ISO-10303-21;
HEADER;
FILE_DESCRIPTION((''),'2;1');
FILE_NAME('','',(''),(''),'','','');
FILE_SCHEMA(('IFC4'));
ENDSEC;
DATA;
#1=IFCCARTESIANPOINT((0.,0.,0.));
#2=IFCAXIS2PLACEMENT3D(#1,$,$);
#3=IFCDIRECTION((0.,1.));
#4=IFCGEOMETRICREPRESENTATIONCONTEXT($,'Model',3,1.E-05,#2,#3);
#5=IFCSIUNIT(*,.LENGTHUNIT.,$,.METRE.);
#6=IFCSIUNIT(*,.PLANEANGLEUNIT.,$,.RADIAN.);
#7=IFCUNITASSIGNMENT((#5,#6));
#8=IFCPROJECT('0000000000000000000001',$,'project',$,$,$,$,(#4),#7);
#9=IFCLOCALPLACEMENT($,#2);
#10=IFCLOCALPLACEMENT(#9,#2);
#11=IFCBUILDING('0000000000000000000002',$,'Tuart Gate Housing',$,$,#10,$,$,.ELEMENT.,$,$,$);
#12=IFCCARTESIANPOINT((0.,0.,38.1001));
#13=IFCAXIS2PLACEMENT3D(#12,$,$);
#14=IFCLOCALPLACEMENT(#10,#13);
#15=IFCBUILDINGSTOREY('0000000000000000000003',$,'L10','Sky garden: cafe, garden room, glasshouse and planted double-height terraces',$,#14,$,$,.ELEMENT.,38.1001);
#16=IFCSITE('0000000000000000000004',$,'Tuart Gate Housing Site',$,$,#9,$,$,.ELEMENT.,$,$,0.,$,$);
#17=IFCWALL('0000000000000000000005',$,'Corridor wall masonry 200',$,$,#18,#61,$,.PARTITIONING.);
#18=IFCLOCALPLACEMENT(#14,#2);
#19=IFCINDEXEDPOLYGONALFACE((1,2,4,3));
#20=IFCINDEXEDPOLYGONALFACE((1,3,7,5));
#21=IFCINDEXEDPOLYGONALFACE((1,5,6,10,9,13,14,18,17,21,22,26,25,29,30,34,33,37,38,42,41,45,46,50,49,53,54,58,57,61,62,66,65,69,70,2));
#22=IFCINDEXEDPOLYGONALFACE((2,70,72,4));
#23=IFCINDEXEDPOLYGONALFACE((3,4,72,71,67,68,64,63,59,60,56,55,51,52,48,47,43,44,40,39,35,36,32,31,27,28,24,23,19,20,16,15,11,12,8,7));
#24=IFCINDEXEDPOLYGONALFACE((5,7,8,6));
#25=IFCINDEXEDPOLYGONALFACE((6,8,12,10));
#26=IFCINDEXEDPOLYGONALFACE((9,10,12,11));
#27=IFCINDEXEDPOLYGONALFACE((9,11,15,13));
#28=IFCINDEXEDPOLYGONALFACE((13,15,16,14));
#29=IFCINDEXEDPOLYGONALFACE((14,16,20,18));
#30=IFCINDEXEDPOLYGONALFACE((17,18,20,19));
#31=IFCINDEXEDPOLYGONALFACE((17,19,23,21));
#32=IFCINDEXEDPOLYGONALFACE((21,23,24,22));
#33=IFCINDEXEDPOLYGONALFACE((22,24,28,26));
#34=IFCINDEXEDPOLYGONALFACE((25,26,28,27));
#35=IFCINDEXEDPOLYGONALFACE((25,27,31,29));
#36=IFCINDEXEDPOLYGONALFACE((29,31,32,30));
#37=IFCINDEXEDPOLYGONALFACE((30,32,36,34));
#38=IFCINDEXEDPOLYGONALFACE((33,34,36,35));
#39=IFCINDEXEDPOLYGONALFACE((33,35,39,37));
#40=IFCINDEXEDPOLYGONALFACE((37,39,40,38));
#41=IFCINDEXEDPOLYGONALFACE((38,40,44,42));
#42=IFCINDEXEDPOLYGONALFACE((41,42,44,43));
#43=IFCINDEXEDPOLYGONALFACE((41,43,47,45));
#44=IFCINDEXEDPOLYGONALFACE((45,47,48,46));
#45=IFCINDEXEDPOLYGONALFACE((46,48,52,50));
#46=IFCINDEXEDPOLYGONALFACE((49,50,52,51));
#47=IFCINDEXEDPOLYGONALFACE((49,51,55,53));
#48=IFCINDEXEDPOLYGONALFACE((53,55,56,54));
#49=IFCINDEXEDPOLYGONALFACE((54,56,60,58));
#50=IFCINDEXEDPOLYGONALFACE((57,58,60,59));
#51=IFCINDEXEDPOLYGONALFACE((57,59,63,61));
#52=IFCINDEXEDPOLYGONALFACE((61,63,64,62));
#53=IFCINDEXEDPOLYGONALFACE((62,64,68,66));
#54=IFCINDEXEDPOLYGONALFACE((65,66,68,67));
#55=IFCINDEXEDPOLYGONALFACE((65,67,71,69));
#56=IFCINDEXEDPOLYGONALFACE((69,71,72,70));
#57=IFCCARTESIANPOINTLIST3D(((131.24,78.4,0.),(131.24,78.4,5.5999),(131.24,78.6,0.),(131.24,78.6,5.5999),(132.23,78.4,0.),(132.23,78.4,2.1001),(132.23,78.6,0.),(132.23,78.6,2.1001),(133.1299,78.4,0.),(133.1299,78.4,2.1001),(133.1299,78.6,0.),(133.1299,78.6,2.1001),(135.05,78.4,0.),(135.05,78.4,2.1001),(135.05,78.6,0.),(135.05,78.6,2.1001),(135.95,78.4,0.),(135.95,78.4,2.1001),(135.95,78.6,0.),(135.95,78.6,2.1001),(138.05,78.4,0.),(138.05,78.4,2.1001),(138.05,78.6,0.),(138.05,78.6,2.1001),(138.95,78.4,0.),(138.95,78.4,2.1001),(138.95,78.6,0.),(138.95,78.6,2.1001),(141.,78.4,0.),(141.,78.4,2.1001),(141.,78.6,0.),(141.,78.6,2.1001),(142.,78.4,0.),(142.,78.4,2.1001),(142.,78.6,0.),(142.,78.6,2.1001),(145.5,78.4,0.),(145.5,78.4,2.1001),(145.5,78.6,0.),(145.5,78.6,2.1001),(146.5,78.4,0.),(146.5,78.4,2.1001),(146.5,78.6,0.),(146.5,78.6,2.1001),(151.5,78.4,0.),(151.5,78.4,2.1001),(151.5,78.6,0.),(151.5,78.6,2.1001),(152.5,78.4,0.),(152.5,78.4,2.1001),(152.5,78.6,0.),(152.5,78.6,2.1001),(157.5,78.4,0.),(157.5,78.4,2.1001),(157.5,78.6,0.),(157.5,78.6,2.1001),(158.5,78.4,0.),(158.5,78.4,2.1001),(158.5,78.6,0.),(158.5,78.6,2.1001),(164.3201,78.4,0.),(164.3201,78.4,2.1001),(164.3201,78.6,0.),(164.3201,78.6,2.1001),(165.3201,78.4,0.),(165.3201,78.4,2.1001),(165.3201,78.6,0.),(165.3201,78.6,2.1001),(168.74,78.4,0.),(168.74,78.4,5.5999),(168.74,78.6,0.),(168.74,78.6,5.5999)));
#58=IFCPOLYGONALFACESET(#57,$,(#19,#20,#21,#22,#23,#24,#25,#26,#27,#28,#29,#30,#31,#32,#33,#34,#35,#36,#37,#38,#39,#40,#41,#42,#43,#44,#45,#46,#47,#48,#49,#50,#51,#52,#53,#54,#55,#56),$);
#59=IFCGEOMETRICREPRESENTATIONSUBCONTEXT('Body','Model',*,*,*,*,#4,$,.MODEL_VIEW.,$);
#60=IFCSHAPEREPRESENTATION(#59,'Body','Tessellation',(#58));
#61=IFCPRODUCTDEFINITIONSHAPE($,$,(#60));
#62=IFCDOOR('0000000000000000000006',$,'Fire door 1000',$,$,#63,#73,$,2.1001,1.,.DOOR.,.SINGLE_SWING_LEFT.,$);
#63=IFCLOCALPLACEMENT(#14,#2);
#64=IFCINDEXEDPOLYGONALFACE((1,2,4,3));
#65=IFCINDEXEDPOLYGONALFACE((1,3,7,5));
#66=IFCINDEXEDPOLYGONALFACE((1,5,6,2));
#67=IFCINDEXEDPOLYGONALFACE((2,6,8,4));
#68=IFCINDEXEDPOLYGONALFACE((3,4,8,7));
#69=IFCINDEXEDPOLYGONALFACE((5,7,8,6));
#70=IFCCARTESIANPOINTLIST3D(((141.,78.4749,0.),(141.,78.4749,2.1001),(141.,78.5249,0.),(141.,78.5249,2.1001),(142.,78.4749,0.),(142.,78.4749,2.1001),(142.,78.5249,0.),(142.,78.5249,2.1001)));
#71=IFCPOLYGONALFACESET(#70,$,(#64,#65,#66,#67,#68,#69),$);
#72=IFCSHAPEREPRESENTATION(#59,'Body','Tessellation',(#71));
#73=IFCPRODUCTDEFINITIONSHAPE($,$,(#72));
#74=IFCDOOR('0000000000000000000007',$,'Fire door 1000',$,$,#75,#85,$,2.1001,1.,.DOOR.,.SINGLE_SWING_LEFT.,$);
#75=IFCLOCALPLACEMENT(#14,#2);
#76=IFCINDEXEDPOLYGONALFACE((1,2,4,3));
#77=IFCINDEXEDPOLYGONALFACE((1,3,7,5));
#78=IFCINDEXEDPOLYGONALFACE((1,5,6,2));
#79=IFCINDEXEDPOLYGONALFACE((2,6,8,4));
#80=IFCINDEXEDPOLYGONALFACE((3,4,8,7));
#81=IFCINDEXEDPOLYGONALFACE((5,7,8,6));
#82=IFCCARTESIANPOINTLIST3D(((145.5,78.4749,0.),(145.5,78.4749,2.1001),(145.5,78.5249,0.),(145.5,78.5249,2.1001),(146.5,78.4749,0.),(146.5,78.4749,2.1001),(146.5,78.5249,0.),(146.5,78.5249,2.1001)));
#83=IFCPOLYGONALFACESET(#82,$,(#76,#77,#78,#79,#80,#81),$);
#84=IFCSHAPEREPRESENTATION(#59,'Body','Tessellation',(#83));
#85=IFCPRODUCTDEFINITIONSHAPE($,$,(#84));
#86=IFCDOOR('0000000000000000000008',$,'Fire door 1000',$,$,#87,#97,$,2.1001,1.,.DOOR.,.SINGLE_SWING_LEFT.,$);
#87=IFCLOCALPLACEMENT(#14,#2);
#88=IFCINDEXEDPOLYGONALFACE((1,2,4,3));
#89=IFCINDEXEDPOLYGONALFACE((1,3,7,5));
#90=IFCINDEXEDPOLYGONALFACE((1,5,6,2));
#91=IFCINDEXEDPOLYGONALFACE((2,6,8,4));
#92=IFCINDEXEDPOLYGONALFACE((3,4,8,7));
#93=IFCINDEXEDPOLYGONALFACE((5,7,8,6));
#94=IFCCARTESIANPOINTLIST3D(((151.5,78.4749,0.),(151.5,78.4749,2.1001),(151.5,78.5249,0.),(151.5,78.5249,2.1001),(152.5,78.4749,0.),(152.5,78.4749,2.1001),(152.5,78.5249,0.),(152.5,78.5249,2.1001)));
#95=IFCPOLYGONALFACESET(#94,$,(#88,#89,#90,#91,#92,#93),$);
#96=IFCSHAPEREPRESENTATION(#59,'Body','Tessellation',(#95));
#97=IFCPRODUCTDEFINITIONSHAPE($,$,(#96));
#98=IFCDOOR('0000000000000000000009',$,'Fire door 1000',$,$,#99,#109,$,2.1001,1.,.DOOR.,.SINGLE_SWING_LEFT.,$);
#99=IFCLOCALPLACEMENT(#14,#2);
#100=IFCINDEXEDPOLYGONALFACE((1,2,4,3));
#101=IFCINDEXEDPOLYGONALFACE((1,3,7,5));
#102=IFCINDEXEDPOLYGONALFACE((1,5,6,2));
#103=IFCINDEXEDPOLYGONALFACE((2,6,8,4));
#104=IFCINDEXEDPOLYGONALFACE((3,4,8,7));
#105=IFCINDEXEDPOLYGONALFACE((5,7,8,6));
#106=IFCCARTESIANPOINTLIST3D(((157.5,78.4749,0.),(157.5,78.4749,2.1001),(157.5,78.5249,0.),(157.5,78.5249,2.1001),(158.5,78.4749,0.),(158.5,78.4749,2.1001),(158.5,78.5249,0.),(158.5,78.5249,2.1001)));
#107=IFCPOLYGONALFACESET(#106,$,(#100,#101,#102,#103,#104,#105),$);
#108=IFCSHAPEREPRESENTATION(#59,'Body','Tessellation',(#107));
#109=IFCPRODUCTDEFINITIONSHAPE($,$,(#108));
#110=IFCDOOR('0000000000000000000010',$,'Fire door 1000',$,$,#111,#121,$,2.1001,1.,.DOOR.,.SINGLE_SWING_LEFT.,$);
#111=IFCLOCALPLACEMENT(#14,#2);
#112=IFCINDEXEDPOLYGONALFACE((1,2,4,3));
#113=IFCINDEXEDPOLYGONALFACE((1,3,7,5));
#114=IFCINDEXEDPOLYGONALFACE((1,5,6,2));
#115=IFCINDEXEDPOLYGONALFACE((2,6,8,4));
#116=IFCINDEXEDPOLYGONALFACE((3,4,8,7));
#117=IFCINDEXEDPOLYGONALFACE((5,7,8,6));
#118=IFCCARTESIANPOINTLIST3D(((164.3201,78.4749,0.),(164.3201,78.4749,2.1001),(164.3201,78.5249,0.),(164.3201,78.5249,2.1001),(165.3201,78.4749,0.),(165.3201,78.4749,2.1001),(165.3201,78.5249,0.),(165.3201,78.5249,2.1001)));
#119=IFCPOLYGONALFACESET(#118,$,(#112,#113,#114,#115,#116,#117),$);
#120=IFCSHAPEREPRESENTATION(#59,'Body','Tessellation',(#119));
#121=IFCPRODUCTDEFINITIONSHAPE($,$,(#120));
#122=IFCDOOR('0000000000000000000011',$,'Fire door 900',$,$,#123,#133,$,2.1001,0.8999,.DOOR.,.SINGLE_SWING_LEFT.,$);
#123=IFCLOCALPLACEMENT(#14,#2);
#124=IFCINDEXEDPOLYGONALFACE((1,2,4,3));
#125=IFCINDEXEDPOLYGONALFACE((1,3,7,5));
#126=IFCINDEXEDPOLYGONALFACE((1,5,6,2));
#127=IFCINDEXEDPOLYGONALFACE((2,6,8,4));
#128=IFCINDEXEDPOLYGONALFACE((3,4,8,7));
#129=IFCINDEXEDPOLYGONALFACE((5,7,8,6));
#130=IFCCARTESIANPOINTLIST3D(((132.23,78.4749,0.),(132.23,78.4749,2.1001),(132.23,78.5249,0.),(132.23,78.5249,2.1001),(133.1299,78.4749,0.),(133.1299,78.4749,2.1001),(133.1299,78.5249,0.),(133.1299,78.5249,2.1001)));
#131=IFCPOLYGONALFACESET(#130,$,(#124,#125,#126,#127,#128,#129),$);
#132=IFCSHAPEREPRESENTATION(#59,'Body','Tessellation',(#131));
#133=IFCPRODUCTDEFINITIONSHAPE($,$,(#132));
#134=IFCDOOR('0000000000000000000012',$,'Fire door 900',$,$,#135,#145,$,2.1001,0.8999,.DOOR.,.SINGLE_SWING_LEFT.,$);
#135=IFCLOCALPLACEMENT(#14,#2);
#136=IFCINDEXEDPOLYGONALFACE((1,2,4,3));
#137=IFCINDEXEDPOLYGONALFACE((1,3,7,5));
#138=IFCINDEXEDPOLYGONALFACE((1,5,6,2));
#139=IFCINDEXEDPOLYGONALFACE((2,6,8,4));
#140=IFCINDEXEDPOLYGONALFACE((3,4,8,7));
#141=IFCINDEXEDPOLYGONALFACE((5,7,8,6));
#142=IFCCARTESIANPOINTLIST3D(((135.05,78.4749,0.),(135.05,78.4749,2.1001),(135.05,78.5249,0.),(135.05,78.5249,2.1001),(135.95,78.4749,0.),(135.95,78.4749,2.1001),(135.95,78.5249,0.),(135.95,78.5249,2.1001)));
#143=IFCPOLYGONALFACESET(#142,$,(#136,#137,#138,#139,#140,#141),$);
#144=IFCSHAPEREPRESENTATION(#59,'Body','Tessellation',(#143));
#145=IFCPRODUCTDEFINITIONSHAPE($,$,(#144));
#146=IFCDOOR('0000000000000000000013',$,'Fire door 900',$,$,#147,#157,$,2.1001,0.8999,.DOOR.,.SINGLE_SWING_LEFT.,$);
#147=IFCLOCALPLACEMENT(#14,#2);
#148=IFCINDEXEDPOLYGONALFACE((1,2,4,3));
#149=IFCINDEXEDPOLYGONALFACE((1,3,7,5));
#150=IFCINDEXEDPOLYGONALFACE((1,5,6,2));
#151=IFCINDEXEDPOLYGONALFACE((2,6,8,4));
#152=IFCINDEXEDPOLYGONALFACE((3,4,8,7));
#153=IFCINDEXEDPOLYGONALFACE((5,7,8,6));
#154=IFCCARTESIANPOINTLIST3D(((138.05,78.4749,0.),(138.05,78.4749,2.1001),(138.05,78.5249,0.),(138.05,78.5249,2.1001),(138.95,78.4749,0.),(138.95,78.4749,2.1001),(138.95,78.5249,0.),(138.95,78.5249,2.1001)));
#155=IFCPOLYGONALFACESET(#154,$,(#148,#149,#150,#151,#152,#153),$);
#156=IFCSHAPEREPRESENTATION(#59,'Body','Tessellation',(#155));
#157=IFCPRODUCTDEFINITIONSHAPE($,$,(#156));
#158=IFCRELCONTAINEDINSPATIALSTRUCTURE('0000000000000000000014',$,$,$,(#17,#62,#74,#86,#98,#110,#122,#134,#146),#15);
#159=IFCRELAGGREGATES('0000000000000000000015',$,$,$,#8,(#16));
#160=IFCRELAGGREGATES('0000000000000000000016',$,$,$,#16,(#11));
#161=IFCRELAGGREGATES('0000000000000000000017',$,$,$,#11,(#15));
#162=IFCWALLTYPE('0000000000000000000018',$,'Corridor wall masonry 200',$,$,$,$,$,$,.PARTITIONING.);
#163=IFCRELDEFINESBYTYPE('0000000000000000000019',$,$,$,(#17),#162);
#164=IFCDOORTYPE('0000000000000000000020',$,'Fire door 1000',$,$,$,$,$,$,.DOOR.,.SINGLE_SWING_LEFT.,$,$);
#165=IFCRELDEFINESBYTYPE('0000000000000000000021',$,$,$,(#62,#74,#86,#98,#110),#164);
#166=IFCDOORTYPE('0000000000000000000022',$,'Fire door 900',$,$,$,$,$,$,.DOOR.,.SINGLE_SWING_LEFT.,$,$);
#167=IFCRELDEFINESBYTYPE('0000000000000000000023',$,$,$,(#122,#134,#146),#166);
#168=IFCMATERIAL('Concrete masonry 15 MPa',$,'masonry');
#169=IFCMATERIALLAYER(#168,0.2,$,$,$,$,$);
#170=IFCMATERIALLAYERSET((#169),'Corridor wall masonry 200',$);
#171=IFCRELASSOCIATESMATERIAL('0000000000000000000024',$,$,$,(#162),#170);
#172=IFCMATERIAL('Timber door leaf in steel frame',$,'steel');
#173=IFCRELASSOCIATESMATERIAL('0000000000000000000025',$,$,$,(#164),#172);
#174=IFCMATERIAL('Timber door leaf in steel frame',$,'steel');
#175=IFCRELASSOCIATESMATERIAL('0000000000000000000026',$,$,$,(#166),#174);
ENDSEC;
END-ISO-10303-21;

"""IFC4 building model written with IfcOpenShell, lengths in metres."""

from ifc_helpers import new_model, si_unit, direction, frame, frame_2d, origin, place, context, subcontext, project, spatial, rectangle, extrude, material, layer, layer_set, type_object, element, fill, save


model = new_model("IFC4")

# Units and contexts
model_context = context("Model", 3, precision=1e-05, world=origin(), true_north=direction((0.0, 1.0)))
body_context = subcontext(model_context, "Body", "Model", "MODEL_VIEW")
ifc_project = project(units=[si_unit("LENGTHUNIT", "METRE"), si_unit("PLANEANGLEUNIT", "RADIAN")], contexts=[model_context])

# Site, building, storey
site_placement = place(None, origin())
site = spatial("IfcSite", under=ifc_project, at=site_placement, Name="Tuart Gate Housing Site", CompositionType="ELEMENT", RefElevation=0.0)
building_placement = place(site_placement, origin())
building = spatial("IfcBuilding", under=site, at=building_placement, Name="Tuart Gate Housing", CompositionType="ELEMENT")
storey_placement = place(building_placement, frame((0.0, 0.0, 38.1001)))
storey = spatial("IfcBuildingStorey", under=building, at=storey_placement, Name="L10", Description="Sky garden: cafe, garden room, glasshouse and planted double-height terraces", CompositionType="ELEMENT", Elevation=38.1001)

# Wall, openings, doors
ifc_material_1 = material(Name="Concrete masonry 15 MPa", Category="masonry")
ifc_layer_1 = layer(ifc_material_1, 0.2)
ifc_layer_set_1 = layer_set([ifc_layer_1], Name="Corridor wall masonry 200")
wall_type_1 = type_object("IfcWallType", Name="Corridor wall masonry 200", PredefinedType="PARTITIONING", material=ifc_layer_set_1)
wall_1_placement = place(storey_placement, frame((131.24, 78.5, 0.0), z_axis=(0.0, 0.0, 1.0), x_axis=(1.0, 0.0, 0.0)))
wall_1 = element("IfcWall", 1, at=wall_1_placement, inside=storey, type_object=wall_type_1, Name="Corridor wall masonry 200", PredefinedType="PARTITIONING", context=body_context, shape_type="SweptSolid", body=[
    extrude(rectangle(XDim=37.5, YDim=0.2, at=frame_2d((18.75, 0.0))), origin(), (0.0, 0.0, 1.0), 5.5999),
])
opening_1_placement = place(wall_1_placement, frame((0.99, 0.0, 0.0)))
opening_1 = element("IfcOpeningElement", 2, at=opening_1_placement, cuts=wall_1, PredefinedType="OPENING", context=body_context, shape_type="SweptSolid", body=[
    extrude(rectangle(XDim=0.8999, YDim=2.1001, at=frame_2d((0.45, 1.05))), frame((0.0, 0.1099, 0.0), z_axis=(0.0, -1.0, 0.0), x_axis=(1.0, 0.0, 0.0)), (0.0, 0.0, 1.0), 0.22),
])
opening_2_placement = place(wall_1_placement, frame((3.8101, 0.0, 0.0)))
opening_2 = element("IfcOpeningElement", 3, at=opening_2_placement, cuts=wall_1, PredefinedType="OPENING", context=body_context, shape_type="SweptSolid", body=[
    extrude(rectangle(XDim=0.8999, YDim=2.1001, at=frame_2d((0.45, 1.05))), frame((0.0, 0.1099, 0.0), z_axis=(0.0, -1.0, 0.0), x_axis=(1.0, 0.0, 0.0)), (0.0, 0.0, 1.0), 0.22),
])
opening_3_placement = place(wall_1_placement, frame((6.8101, 0.0, 0.0)))
opening_3 = element("IfcOpeningElement", 4, at=opening_3_placement, cuts=wall_1, PredefinedType="OPENING", context=body_context, shape_type="SweptSolid", body=[
    extrude(rectangle(XDim=0.8999, YDim=2.1001, at=frame_2d((0.45, 1.05))), frame((0.0, 0.1099, 0.0), z_axis=(0.0, -1.0, 0.0), x_axis=(1.0, 0.0, 0.0)), (0.0, 0.0, 1.0), 0.22),
])
opening_4_placement = place(wall_1_placement, frame((9.76, 0.0, 0.0)))
opening_4 = element("IfcOpeningElement", 5, at=opening_4_placement, cuts=wall_1, PredefinedType="OPENING", context=body_context, shape_type="SweptSolid", body=[
    extrude(rectangle(XDim=1.0, YDim=2.1001, at=frame_2d((0.5, 1.05))), frame((0.0, 0.1099, 0.0), z_axis=(0.0, -1.0, 0.0), x_axis=(1.0, 0.0, 0.0)), (0.0, 0.0, 1.0), 0.22),
])
opening_5_placement = place(wall_1_placement, frame((14.26, 0.0, 0.0)))
opening_5 = element("IfcOpeningElement", 6, at=opening_5_placement, cuts=wall_1, PredefinedType="OPENING", context=body_context, shape_type="SweptSolid", body=[
    extrude(rectangle(XDim=1.0, YDim=2.1001, at=frame_2d((0.5, 1.05))), frame((0.0, 0.1099, 0.0), z_axis=(0.0, -1.0, 0.0), x_axis=(1.0, 0.0, 0.0)), (0.0, 0.0, 1.0), 0.22),
])
opening_6_placement = place(wall_1_placement, frame((20.26, 0.0, 0.0)))
opening_6 = element("IfcOpeningElement", 7, at=opening_6_placement, cuts=wall_1, PredefinedType="OPENING", context=body_context, shape_type="SweptSolid", body=[
    extrude(rectangle(XDim=1.0, YDim=2.1001, at=frame_2d((0.5, 1.05))), frame((0.0, 0.1099, 0.0), z_axis=(0.0, -1.0, 0.0), x_axis=(1.0, 0.0, 0.0)), (0.0, 0.0, 1.0), 0.22),
])
opening_7_placement = place(wall_1_placement, frame((26.26, 0.0, 0.0)))
opening_7 = element("IfcOpeningElement", 8, at=opening_7_placement, cuts=wall_1, PredefinedType="OPENING", context=body_context, shape_type="SweptSolid", body=[
    extrude(rectangle(XDim=1.0, YDim=2.1001, at=frame_2d((0.5, 1.05))), frame((0.0, 0.1099, 0.0), z_axis=(0.0, -1.0, 0.0), x_axis=(1.0, 0.0, 0.0)), (0.0, 0.0, 1.0), 0.22),
])
opening_8_placement = place(wall_1_placement, frame((33.0801, 0.0, 0.0)))
opening_8 = element("IfcOpeningElement", 9, at=opening_8_placement, cuts=wall_1, PredefinedType="OPENING", context=body_context, shape_type="SweptSolid", body=[
    extrude(rectangle(XDim=1.0, YDim=2.1001, at=frame_2d((0.5, 1.05))), frame((0.0, 0.1099, 0.0), z_axis=(0.0, -1.0, 0.0), x_axis=(1.0, 0.0, 0.0)), (0.0, 0.0, 1.0), 0.22),
])
ifc_material_2 = material(Name="Timber door leaf in steel frame", Category="steel")
door_type_1 = type_object("IfcDoorType", Name="Fire door 1000", OperationType="SINGLE_SWING_LEFT", PredefinedType="DOOR", material=ifc_material_2)
door_1_placement = place(opening_4_placement, origin())
door_1 = element("IfcDoor", 10, at=door_1_placement, inside=storey, type_object=door_type_1, Name="Fire door 1000", OperationType="SINGLE_SWING_LEFT", OverallHeight=2.1001, OverallWidth=1.0, PredefinedType="DOOR", context=body_context, shape_type="SweptSolid", body=[
    extrude(rectangle(XDim=1.0, YDim=2.1001, at=frame_2d((0.5, 1.05))), frame((0.0, 0.0249, 0.0), z_axis=(0.0, -1.0, 0.0), x_axis=(1.0, 0.0, 0.0)), (0.0, 0.0, 1.0), 0.05),
])
fill(opening_4, door_1)
door_2_placement = place(opening_5_placement, origin())
door_2 = element("IfcDoor", 11, at=door_2_placement, inside=storey, type_object=door_type_1, Name="Fire door 1000", OperationType="SINGLE_SWING_LEFT", OverallHeight=2.1001, OverallWidth=1.0, PredefinedType="DOOR", context=body_context, shape_type="SweptSolid", body=[
    extrude(rectangle(XDim=1.0, YDim=2.1001, at=frame_2d((0.5, 1.05))), frame((0.0, 0.0249, 0.0), z_axis=(0.0, -1.0, 0.0), x_axis=(1.0, 0.0, 0.0)), (0.0, 0.0, 1.0), 0.05),
])
fill(opening_5, door_2)
door_3_placement = place(opening_6_placement, origin())
door_3 = element("IfcDoor", 12, at=door_3_placement, inside=storey, type_object=door_type_1, Name="Fire door 1000", OperationType="SINGLE_SWING_LEFT", OverallHeight=2.1001, OverallWidth=1.0, PredefinedType="DOOR", context=body_context, shape_type="SweptSolid", body=[
    extrude(rectangle(XDim=1.0, YDim=2.1001, at=frame_2d((0.5, 1.05))), frame((0.0, 0.0249, 0.0), z_axis=(0.0, -1.0, 0.0), x_axis=(1.0, 0.0, 0.0)), (0.0, 0.0, 1.0), 0.05),
])
fill(opening_6, door_3)
door_4_placement = place(opening_7_placement, origin())
door_4 = element("IfcDoor", 13, at=door_4_placement, inside=storey, type_object=door_type_1, Name="Fire door 1000", OperationType="SINGLE_SWING_LEFT", OverallHeight=2.1001, OverallWidth=1.0, PredefinedType="DOOR", context=body_context, shape_type="SweptSolid", body=[
    extrude(rectangle(XDim=1.0, YDim=2.1001, at=frame_2d((0.5, 1.05))), frame((0.0, 0.0249, 0.0), z_axis=(0.0, -1.0, 0.0), x_axis=(1.0, 0.0, 0.0)), (0.0, 0.0, 1.0), 0.05),
])
fill(opening_7, door_4)
door_5_placement = place(opening_8_placement, origin())
door_5 = element("IfcDoor", 14, at=door_5_placement, inside=storey, type_object=door_type_1, Name="Fire door 1000", OperationType="SINGLE_SWING_LEFT", OverallHeight=2.1001, OverallWidth=1.0, PredefinedType="DOOR", context=body_context, shape_type="SweptSolid", body=[
    extrude(rectangle(XDim=1.0, YDim=2.1001, at=frame_2d((0.5, 1.05))), frame((0.0, 0.0249, 0.0), z_axis=(0.0, -1.0, 0.0), x_axis=(1.0, 0.0, 0.0)), (0.0, 0.0, 1.0), 0.05),
])
fill(opening_8, door_5)
ifc_material_3 = material(Name="Timber door leaf in steel frame", Category="steel")
door_type_2 = type_object("IfcDoorType", Name="Fire door 900", OperationType="SINGLE_SWING_LEFT", PredefinedType="DOOR", material=ifc_material_3)
door_6_placement = place(opening_1_placement, origin())
door_6 = element("IfcDoor", 15, at=door_6_placement, inside=storey, type_object=door_type_2, Name="Fire door 900", OperationType="SINGLE_SWING_LEFT", OverallHeight=2.1001, OverallWidth=0.8999, PredefinedType="DOOR", context=body_context, shape_type="SweptSolid", body=[
    extrude(rectangle(XDim=0.8999, YDim=2.1001, at=frame_2d((0.45, 1.05))), frame((0.0, 0.0249, 0.0), z_axis=(0.0, -1.0, 0.0), x_axis=(1.0, 0.0, 0.0)), (0.0, 0.0, 1.0), 0.05),
])
fill(opening_1, door_6)
door_7_placement = place(opening_2_placement, origin())
door_7 = element("IfcDoor", 16, at=door_7_placement, inside=storey, type_object=door_type_2, Name="Fire door 900", OperationType="SINGLE_SWING_LEFT", OverallHeight=2.1001, OverallWidth=0.8999, PredefinedType="DOOR", context=body_context, shape_type="SweptSolid", body=[
    extrude(rectangle(XDim=0.8999, YDim=2.1001, at=frame_2d((0.45, 1.05))), frame((0.0, 0.0249, 0.0), z_axis=(0.0, -1.0, 0.0), x_axis=(1.0, 0.0, 0.0)), (0.0, 0.0, 1.0), 0.05),
])
fill(opening_2, door_7)
door_8_placement = place(opening_3_placement, origin())
door_8 = element("IfcDoor", 17, at=door_8_placement, inside=storey, type_object=door_type_2, Name="Fire door 900", OperationType="SINGLE_SWING_LEFT", OverallHeight=2.1001, OverallWidth=0.8999, PredefinedType="DOOR", context=body_context, shape_type="SweptSolid", body=[
    extrude(rectangle(XDim=0.8999, YDim=2.1001, at=frame_2d((0.45, 1.05))), frame((0.0, 0.0249, 0.0), z_axis=(0.0, -1.0, 0.0), x_axis=(1.0, 0.0, 0.0)), (0.0, 0.0, 1.0), 0.05),
])
fill(opening_3, door_8)

save(model, "model.ifc")
